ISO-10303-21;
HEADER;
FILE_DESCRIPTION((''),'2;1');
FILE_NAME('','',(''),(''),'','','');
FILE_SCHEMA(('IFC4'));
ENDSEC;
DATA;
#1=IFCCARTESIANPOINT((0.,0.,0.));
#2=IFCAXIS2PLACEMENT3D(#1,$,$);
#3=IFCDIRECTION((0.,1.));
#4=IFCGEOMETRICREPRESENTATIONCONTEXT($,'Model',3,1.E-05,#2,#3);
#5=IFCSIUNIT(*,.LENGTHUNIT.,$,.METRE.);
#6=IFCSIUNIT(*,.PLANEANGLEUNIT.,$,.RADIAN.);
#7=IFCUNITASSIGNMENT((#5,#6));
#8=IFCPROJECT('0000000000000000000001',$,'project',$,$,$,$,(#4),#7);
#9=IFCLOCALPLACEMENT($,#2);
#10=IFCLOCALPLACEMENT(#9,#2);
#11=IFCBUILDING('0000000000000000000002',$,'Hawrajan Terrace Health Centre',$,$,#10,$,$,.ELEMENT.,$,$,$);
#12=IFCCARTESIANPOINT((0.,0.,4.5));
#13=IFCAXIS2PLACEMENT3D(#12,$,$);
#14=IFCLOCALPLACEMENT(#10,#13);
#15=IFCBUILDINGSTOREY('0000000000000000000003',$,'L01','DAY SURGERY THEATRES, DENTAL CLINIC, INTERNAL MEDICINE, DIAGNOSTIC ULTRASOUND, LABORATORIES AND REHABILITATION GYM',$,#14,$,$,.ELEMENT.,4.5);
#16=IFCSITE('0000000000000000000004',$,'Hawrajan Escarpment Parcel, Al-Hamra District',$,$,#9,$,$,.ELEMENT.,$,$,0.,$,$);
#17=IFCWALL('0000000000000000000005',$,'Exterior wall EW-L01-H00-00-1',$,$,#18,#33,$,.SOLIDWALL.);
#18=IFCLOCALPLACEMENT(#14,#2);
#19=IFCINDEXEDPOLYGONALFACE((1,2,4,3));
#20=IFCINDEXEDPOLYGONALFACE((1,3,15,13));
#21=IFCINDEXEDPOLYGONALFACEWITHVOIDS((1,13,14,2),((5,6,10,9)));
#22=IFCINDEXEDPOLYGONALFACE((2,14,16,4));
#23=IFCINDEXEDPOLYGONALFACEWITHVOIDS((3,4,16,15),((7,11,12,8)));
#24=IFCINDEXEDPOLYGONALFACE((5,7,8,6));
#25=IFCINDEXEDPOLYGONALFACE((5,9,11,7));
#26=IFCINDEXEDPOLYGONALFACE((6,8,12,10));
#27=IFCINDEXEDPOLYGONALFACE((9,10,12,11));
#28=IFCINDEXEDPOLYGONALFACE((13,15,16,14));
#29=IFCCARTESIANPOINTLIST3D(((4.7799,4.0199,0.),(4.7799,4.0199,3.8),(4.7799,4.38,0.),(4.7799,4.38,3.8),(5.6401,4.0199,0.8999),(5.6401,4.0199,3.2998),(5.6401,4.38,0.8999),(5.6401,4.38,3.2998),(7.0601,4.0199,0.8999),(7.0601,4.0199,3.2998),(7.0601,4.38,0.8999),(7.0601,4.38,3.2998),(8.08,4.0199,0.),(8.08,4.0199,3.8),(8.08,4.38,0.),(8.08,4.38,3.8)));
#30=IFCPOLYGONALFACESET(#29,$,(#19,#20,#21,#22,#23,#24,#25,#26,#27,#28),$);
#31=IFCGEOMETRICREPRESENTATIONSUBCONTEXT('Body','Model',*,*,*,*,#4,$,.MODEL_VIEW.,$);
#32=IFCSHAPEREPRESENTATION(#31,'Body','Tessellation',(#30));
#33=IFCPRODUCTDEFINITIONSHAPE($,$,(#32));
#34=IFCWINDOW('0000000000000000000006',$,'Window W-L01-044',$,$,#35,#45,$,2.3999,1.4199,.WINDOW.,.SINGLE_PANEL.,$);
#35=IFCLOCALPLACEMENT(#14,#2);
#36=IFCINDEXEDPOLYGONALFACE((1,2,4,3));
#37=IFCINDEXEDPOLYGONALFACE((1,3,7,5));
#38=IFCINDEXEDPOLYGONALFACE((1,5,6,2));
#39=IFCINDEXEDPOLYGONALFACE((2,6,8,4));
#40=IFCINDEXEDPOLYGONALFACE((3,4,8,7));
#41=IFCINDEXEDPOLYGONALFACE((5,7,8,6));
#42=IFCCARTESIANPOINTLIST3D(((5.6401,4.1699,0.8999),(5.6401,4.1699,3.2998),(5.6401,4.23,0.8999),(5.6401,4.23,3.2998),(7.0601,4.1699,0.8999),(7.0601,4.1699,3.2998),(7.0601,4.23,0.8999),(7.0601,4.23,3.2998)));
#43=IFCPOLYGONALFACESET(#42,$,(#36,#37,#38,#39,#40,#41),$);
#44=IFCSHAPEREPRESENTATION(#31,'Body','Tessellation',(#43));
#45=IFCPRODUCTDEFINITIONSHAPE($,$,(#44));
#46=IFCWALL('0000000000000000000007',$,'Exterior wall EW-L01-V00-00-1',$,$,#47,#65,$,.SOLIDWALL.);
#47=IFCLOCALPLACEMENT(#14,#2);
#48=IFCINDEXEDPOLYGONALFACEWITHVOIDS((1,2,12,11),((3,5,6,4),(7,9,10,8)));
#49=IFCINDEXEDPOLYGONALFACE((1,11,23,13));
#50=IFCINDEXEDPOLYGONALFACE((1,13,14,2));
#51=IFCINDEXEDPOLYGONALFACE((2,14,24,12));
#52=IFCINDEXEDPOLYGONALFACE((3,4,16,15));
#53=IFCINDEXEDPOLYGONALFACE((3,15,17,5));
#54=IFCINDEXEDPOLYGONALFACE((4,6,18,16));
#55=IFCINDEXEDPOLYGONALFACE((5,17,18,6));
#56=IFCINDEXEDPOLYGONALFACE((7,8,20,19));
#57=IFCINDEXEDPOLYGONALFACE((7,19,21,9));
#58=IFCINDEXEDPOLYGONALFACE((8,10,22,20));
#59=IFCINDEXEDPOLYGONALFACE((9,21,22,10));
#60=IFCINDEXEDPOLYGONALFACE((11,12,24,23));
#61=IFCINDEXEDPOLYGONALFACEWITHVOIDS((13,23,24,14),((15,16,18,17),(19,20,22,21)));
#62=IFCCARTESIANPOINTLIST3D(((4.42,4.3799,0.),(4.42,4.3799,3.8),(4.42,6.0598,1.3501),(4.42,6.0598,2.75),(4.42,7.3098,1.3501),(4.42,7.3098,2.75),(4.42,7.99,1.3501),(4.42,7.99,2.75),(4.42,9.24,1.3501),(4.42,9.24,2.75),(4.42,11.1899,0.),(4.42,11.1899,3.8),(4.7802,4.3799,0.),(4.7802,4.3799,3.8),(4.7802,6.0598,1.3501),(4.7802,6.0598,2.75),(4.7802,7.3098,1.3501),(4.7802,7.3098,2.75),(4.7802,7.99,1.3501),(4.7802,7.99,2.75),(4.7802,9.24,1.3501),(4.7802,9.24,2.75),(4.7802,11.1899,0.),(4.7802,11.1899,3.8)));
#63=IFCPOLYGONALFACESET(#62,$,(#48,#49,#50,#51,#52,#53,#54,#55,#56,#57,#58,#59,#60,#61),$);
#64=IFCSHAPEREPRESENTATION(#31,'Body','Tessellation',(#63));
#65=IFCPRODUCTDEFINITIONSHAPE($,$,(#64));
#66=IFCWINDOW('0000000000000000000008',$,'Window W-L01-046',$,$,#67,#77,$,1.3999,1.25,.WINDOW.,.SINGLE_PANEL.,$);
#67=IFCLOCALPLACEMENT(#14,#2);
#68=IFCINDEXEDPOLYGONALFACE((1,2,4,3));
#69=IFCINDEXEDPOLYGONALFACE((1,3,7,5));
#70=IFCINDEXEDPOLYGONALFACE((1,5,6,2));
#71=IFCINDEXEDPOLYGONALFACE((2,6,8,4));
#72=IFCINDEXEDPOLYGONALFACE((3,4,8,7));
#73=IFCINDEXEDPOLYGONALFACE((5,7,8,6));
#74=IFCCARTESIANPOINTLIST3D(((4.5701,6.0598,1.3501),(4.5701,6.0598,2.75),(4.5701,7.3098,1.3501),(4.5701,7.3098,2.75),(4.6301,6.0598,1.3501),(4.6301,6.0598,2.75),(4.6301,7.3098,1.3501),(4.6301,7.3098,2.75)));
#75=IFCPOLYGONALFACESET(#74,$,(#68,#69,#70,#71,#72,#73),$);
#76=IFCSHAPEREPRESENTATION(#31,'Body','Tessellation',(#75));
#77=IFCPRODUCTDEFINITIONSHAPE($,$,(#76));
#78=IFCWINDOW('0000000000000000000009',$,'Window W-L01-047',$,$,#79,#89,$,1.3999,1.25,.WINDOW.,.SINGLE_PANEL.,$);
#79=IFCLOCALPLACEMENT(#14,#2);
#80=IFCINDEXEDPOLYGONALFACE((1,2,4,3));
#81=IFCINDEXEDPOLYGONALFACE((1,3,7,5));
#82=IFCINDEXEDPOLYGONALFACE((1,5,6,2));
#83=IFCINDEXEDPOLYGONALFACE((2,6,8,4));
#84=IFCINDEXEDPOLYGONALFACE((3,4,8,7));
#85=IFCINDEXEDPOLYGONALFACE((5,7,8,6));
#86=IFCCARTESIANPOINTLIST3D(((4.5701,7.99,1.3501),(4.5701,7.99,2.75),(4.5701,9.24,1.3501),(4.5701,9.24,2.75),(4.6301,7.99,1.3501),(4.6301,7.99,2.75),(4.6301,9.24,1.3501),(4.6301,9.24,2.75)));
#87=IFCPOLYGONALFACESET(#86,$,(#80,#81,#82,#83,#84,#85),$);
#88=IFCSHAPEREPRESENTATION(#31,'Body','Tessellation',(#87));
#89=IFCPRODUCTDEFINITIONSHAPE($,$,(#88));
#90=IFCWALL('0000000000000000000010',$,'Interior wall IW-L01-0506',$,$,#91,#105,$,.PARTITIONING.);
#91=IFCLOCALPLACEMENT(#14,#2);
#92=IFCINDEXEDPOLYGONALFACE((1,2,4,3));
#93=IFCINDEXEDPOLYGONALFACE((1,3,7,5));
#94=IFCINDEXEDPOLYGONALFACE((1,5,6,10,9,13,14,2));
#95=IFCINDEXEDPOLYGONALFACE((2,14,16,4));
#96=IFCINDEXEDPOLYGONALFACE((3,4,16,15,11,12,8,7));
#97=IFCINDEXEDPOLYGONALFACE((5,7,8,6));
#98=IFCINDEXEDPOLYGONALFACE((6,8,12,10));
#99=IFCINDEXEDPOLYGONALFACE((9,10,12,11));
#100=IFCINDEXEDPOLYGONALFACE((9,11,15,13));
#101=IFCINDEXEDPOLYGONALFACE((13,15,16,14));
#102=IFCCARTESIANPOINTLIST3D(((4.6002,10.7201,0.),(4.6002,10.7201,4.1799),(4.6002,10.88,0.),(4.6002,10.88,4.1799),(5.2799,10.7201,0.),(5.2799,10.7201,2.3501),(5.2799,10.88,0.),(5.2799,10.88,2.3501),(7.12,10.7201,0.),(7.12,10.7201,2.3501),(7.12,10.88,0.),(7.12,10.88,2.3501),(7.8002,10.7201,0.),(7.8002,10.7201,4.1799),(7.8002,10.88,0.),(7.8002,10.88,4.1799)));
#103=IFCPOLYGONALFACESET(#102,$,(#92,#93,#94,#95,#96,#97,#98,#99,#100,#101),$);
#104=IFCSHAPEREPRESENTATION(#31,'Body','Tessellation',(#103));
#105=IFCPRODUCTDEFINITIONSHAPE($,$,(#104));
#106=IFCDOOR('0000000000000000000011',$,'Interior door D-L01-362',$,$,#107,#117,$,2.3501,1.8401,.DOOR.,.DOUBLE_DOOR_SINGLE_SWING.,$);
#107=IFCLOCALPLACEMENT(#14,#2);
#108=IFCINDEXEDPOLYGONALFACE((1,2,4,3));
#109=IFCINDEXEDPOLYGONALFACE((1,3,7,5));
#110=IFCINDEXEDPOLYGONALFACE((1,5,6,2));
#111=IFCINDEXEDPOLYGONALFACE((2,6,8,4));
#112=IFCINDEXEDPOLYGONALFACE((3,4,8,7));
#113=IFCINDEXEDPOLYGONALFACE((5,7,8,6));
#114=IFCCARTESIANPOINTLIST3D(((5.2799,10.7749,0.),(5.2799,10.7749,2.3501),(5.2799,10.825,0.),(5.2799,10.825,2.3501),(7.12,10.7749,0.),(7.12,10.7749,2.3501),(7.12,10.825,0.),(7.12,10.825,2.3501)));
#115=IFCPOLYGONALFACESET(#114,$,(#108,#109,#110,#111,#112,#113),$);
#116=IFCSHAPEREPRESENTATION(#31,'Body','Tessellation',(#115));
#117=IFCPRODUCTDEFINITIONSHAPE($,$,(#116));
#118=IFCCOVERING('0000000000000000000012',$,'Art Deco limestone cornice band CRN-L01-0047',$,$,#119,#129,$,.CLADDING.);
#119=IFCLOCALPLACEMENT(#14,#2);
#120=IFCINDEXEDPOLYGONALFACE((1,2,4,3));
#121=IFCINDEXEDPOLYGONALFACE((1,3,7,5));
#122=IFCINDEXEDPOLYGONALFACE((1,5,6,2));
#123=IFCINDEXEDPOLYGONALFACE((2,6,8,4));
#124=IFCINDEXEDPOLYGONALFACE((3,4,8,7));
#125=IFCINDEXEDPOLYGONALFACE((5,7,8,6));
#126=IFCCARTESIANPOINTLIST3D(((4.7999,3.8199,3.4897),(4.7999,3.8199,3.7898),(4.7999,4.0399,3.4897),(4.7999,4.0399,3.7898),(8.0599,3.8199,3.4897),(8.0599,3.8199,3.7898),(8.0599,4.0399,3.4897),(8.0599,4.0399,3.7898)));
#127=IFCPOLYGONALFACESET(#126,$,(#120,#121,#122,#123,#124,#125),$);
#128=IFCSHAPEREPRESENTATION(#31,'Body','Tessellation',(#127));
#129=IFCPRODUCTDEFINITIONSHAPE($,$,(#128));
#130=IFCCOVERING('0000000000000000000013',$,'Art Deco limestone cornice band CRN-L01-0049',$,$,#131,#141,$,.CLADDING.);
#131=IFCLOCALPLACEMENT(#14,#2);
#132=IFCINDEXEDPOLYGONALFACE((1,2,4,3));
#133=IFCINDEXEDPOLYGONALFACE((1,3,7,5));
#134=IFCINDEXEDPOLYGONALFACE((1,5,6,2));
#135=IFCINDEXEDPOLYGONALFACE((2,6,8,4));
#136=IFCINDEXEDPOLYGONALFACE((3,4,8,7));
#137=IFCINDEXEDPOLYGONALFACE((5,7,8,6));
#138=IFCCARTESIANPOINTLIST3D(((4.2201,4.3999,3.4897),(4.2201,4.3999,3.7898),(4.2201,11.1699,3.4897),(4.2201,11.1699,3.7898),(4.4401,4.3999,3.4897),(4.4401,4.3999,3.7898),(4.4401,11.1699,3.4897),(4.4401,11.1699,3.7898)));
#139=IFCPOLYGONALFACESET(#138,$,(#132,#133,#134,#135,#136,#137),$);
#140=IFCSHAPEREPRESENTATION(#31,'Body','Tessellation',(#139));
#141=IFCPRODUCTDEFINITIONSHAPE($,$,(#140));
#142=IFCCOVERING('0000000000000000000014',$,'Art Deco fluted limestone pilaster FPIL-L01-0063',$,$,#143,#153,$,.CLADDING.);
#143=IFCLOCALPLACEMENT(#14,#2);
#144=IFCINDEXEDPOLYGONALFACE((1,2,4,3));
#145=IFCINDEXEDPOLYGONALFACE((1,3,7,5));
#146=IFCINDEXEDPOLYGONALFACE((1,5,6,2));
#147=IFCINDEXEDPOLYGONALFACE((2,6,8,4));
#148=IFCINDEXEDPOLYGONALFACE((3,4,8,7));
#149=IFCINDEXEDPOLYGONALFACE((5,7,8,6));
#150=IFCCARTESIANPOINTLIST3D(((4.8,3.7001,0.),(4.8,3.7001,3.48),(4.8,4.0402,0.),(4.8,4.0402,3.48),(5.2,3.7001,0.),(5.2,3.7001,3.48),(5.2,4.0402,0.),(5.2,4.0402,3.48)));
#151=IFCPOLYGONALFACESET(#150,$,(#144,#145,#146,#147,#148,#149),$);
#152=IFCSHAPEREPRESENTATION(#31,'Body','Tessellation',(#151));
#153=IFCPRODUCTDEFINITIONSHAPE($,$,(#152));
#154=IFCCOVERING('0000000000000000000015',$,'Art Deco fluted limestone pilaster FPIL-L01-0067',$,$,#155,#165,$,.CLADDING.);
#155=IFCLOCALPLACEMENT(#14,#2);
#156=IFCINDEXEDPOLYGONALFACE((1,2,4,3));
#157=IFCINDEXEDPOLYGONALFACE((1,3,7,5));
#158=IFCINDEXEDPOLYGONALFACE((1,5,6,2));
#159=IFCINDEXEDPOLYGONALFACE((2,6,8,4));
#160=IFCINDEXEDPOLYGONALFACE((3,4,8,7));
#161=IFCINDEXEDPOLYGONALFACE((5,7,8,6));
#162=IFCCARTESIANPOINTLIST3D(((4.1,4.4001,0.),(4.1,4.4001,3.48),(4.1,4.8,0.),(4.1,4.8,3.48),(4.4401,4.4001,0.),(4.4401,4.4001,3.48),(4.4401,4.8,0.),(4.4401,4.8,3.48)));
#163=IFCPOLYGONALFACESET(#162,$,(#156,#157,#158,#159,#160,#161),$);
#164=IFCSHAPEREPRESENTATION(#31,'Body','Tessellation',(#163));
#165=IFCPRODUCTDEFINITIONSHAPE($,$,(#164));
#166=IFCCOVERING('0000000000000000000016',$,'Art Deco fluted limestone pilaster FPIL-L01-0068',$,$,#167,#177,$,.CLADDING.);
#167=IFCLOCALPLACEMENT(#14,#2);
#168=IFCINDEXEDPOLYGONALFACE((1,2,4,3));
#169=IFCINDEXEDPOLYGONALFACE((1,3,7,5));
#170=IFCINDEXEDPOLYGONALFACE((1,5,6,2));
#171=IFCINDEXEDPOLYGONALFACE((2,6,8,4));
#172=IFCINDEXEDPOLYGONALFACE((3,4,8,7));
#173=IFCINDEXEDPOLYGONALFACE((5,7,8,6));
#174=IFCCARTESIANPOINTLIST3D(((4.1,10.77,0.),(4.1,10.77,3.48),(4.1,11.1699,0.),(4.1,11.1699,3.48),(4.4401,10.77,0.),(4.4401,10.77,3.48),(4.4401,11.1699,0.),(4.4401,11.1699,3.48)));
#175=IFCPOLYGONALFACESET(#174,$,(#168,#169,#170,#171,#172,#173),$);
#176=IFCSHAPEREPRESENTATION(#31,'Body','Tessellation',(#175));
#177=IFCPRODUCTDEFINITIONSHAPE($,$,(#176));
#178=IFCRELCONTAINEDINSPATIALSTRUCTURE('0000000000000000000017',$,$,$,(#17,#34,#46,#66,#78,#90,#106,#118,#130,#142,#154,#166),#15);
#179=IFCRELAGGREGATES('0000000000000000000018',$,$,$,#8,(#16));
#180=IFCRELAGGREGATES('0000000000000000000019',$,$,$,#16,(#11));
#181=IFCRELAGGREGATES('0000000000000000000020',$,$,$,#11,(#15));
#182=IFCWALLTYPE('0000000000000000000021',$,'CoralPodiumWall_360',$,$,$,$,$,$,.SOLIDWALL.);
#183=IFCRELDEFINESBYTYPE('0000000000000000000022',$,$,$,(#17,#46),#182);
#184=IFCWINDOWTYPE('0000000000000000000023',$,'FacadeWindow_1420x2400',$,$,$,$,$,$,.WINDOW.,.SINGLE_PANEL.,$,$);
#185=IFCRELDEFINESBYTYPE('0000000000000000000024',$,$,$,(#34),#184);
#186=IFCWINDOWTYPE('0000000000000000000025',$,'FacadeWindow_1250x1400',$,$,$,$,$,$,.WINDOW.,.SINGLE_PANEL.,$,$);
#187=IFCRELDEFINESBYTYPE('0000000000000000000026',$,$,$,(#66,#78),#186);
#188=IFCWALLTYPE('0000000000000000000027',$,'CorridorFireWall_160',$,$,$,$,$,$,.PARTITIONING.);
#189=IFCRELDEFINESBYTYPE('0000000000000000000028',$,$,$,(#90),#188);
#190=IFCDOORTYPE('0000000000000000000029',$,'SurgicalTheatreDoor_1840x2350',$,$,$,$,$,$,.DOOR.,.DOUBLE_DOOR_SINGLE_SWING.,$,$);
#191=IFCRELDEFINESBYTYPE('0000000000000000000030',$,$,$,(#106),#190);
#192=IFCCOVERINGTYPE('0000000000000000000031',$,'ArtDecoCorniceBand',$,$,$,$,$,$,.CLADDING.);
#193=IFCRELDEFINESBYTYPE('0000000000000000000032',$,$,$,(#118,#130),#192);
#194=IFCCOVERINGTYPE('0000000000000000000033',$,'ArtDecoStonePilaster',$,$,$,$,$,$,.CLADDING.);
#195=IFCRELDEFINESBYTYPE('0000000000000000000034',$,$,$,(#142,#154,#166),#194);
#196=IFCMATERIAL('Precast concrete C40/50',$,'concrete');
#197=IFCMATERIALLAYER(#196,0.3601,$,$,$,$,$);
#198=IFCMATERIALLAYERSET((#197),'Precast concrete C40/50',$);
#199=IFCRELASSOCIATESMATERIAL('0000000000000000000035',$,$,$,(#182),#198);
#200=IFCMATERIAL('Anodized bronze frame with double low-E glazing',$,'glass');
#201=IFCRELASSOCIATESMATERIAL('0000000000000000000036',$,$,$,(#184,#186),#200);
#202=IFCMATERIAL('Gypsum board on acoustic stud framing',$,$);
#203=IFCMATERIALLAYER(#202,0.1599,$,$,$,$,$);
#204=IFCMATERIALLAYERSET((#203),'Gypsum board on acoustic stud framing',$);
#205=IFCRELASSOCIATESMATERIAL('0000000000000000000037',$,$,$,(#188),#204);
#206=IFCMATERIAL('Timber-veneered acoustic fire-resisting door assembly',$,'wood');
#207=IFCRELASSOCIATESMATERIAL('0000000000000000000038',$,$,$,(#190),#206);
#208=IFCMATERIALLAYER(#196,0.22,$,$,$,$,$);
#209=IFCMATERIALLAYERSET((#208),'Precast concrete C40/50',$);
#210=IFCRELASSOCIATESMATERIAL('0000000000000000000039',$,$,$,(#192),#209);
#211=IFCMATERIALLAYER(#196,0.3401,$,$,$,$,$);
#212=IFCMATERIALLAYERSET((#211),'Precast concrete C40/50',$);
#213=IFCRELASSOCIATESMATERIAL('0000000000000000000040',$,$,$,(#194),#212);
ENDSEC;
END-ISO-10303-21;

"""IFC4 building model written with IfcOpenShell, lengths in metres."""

from ifc_helpers import new_model, si_unit, direction, frame, frame_2d, origin, origin_2d, place, context, subcontext, project, spatial, rectangle, extrude, material, layer, layer_set, type_object, element, fill, save


model = new_model("IFC4")

# Units and contexts
model_context = context("Model", 3, precision=1e-05, world=origin(), true_north=direction((0.0, 1.0)))
body_context = subcontext(model_context, "Body", "Model", "MODEL_VIEW")
ifc_project = project(units=[si_unit("LENGTHUNIT", "METRE"), si_unit("PLANEANGLEUNIT", "RADIAN")], contexts=[model_context])

# Site, building, storey
site_placement = place(None, origin())
site = spatial("IfcSite", under=ifc_project, at=site_placement, Name="Hawrajan Escarpment Parcel, Al-Hamra District", CompositionType="ELEMENT", RefElevation=0.0)
building_placement = place(site_placement, origin())
building = spatial("IfcBuilding", under=site, at=building_placement, Name="Hawrajan Terrace Health Centre", CompositionType="ELEMENT")
storey_placement = place(building_placement, frame((0.0, 0.0, 4.5)))
storey = spatial("IfcBuildingStorey", under=building, at=storey_placement, Name="L01", Description="DAY SURGERY THEATRES, DENTAL CLINIC, INTERNAL MEDICINE, DIAGNOSTIC ULTRASOUND, LABORATORIES AND REHABILITATION GYM", CompositionType="ELEMENT", Elevation=4.5)

# Wall, opening, window
ifc_material_1 = material(Name="Precast concrete C40/50", Category="concrete")
ifc_layer_1 = layer(ifc_material_1, 0.3601)
ifc_layer_set_1 = layer_set([ifc_layer_1], Name="Precast concrete C40/50")
wall_type_1 = type_object("IfcWallType", Name="CoralPodiumWall_360", PredefinedType="SOLIDWALL", material=ifc_layer_set_1)
wall_1_placement = place(storey_placement, frame((4.78, 4.2, 0.0), z_axis=(0.0, 0.0, 1.0), x_axis=(1.0, 0.0, 0.0)))
wall_1 = element("IfcWall", 1, at=wall_1_placement, inside=storey, type_object=wall_type_1, Name="Exterior wall EW-L01-H00-00-1", PredefinedType="SOLIDWALL", context=body_context, shape_type="SweptSolid", body=[
    extrude(rectangle(XDim=3.3, YDim=0.3601, at=frame_2d((1.6499, 0.0))), origin(), (0.0, 0.0, 1.0), 3.8),
])
opening_1_placement = place(wall_1_placement, frame((0.8601, 0.0, 0.8999)))
opening_1 = element("IfcOpeningElement", 2, at=opening_1_placement, cuts=wall_1, PredefinedType="OPENING", context=body_context, shape_type="SweptSolid", body=[
    extrude(rectangle(XDim=1.4199, YDim=2.3999, at=frame_2d((0.71, 1.2))), frame((0.0, 0.1899, 0.0), z_axis=(0.0, -1.0, 0.0), x_axis=(1.0, 0.0, 0.0)), (0.0, 0.0, 1.0), 0.3801),
])
ifc_material_2 = material(Name="Anodized bronze frame with double low-E glazing", Category="glass")
window_type_1 = type_object("IfcWindowType", Name="FacadeWindow_1420x2400", PartitioningType="SINGLE_PANEL", PredefinedType="WINDOW", material=ifc_material_2)
window_1_placement = place(opening_1_placement, origin())
window_1 = element("IfcWindow", 3, at=window_1_placement, inside=storey, type_object=window_type_1, Name="Window W-L01-044", OverallHeight=2.3999, OverallWidth=1.4199, PartitioningType="SINGLE_PANEL", PredefinedType="WINDOW", context=body_context, shape_type="SweptSolid", body=[
    extrude(rectangle(XDim=1.4199, YDim=2.3999, at=frame_2d((0.71, 1.2))), frame((0.0, 0.03, 0.0), z_axis=(0.0, -1.0, 0.0), x_axis=(1.0, 0.0, 0.0)), (0.0, 0.0, 1.0), 0.0601),
])
fill(opening_1, window_1)

# Wall, openings, windows
wall_2_placement = place(storey_placement, frame((4.6001, 4.3799, 0.0), z_axis=(0.0, 0.0, 1.0), x_axis=(0.0, 1.0, 0.0)))
wall_2 = element("IfcWall", 4, at=wall_2_placement, inside=storey, type_object=wall_type_1, Name="Exterior wall EW-L01-V00-00-1", PredefinedType="SOLIDWALL", context=body_context, shape_type="SweptSolid", body=[
    extrude(rectangle(XDim=6.8101, YDim=0.3601, at=frame_2d((3.405, 0.0))), origin(), (0.0, 0.0, 1.0), 3.8),
])
opening_2_placement = place(wall_2_placement, frame((1.6799, 0.0, 1.3501)))
opening_2 = element("IfcOpeningElement", 5, at=opening_2_placement, cuts=wall_2, PredefinedType="OPENING", context=body_context, shape_type="SweptSolid", body=[
    extrude(rectangle(XDim=1.25, YDim=1.3999, at=frame_2d((0.625, 0.7))), frame((0.0, 0.1899, 0.0), z_axis=(0.0, -1.0, 0.0), x_axis=(1.0, 0.0, 0.0)), (0.0, 0.0, 1.0), 0.3801),
])
opening_3_placement = place(wall_2_placement, frame((3.6101, 0.0, 1.3501)))
opening_3 = element("IfcOpeningElement", 6, at=opening_3_placement, cuts=wall_2, PredefinedType="OPENING", context=body_context, shape_type="SweptSolid", body=[
    extrude(rectangle(XDim=1.25, YDim=1.3999, at=frame_2d((0.625, 0.7))), frame((0.0, 0.1899, 0.0), z_axis=(0.0, -1.0, 0.0), x_axis=(1.0, 0.0, 0.0)), (0.0, 0.0, 1.0), 0.3801),
])
window_type_2 = type_object("IfcWindowType", Name="FacadeWindow_1250x1400", PartitioningType="SINGLE_PANEL", PredefinedType="WINDOW", material=ifc_material_2)
window_2_placement = place(opening_2_placement, origin())
window_2 = element("IfcWindow", 7, at=window_2_placement, inside=storey, type_object=window_type_2, Name="Window W-L01-046", OverallHeight=1.3999, OverallWidth=1.25, PartitioningType="SINGLE_PANEL", PredefinedType="WINDOW", context=body_context, shape_type="SweptSolid", body=[
    extrude(rectangle(XDim=1.25, YDim=1.3999, at=frame_2d((0.625, 0.7))), frame((0.0, 0.03, 0.0), z_axis=(0.0, -1.0, 0.0), x_axis=(1.0, 0.0, 0.0)), (0.0, 0.0, 1.0), 0.0601),
])
fill(opening_2, window_2)
window_3_placement = place(opening_3_placement, origin())
window_3 = element("IfcWindow", 8, at=window_3_placement, inside=storey, type_object=window_type_2, Name="Window W-L01-047", OverallHeight=1.3999, OverallWidth=1.25, PartitioningType="SINGLE_PANEL", PredefinedType="WINDOW", context=body_context, shape_type="SweptSolid", body=[
    extrude(rectangle(XDim=1.25, YDim=1.3999, at=frame_2d((0.625, 0.7))), frame((0.0, 0.03, 0.0), z_axis=(0.0, -1.0, 0.0), x_axis=(1.0, 0.0, 0.0)), (0.0, 0.0, 1.0), 0.0601),
])
fill(opening_3, window_3)

# Wall, opening, door
ifc_material_3 = material(Name="Gypsum board on acoustic stud framing")
ifc_layer_2 = layer(ifc_material_3, 0.1599)
ifc_layer_set_2 = layer_set([ifc_layer_2], Name="Gypsum board on acoustic stud framing")
wall_type_2 = type_object("IfcWallType", Name="CorridorFireWall_160", PredefinedType="PARTITIONING", material=ifc_layer_set_2)
wall_3_placement = place(storey_placement, frame((4.6001, 10.8, 0.0), z_axis=(0.0, 0.0, 1.0), x_axis=(1.0, 0.0, 0.0)))
wall_3 = element("IfcWall", 9, at=wall_3_placement, inside=storey, type_object=wall_type_2, Name="Interior wall IW-L01-0506", PredefinedType="PARTITIONING", context=body_context, shape_type="SweptSolid", body=[
    extrude(rectangle(XDim=3.2, YDim=0.1599, at=frame_2d((1.6001, 0.0))), origin(), (0.0, 0.0, 1.0), 4.1799),
])
opening_4_placement = place(wall_3_placement, frame((0.6799, 0.0, 0.0)))
opening_4 = element("IfcOpeningElement", 10, at=opening_4_placement, cuts=wall_3, PredefinedType="OPENING", context=body_context, shape_type="SweptSolid", body=[
    extrude(rectangle(XDim=1.8401, YDim=2.3501, at=frame_2d((0.9199, 1.175))), frame((0.0, 0.0898, 0.0), z_axis=(0.0, -1.0, 0.0), x_axis=(1.0, 0.0, 0.0)), (0.0, 0.0, 1.0), 0.1799),
])
ifc_material_4 = material(Name="Timber-veneered acoustic fire-resisting door assembly", Category="wood")
door_type = type_object("IfcDoorType", Name="SurgicalTheatreDoor_1840x2350", OperationType="DOUBLE_DOOR_SINGLE_SWING", PredefinedType="DOOR", material=ifc_material_4)
door_placement = place(opening_4_placement, origin())
door = element("IfcDoor", 11, at=door_placement, inside=storey, type_object=door_type, Name="Interior door D-L01-362", OperationType="DOUBLE_DOOR_SINGLE_SWING", OverallHeight=2.3501, OverallWidth=1.8401, PredefinedType="DOOR", context=body_context, shape_type="SweptSolid", body=[
    extrude(rectangle(XDim=1.8401, YDim=2.3501, at=frame_2d((0.9199, 1.175))), frame((0.0, 0.0249, 0.0), z_axis=(0.0, -1.0, 0.0), x_axis=(1.0, 0.0, 0.0)), (0.0, 0.0, 1.0), 0.05),
])
fill(opening_4, door)

# Coverings
ifc_layer_3 = layer(ifc_material_1, 0.22)
ifc_layer_set_3 = layer_set([ifc_layer_3], Name="Precast concrete C40/50")
covering_type_1 = type_object("IfcCoveringType", Name="ArtDecoCorniceBand", PredefinedType="CLADDING", material=ifc_layer_set_3)
covering_1_placement = place(storey_placement, frame((6.4299, 3.9299, 3.4897), z_axis=(0.0, 0.0, 1.0), x_axis=(1.0, 0.0, 0.0)))
element("IfcCovering", 12, at=covering_1_placement, inside=storey, type_object=covering_type_1, Name="Art Deco limestone cornice band CRN-L01-0047", PredefinedType="CLADDING", context=body_context, shape_type="SweptSolid", body=[
    extrude(rectangle(XDim=3.26, YDim=0.22, at=origin_2d()), origin(), (0.0, 0.0, 1.0), 0.3),
])
covering_2_placement = place(storey_placement, frame((4.3301, 7.7849, 3.4897), z_axis=(0.0, 0.0, 1.0), x_axis=(0.0, 1.0, 0.0)))
element("IfcCovering", 13, at=covering_2_placement, inside=storey, type_object=covering_type_1, Name="Art Deco limestone cornice band CRN-L01-0049", PredefinedType="CLADDING", context=body_context, shape_type="SweptSolid", body=[
    extrude(rectangle(XDim=6.77, YDim=0.22, at=origin_2d()), origin(), (0.0, 0.0, 1.0), 0.3),
])
ifc_layer_4 = layer(ifc_material_1, 0.3401)
ifc_layer_set_4 = layer_set([ifc_layer_4], Name="Precast concrete C40/50")
covering_type_2 = type_object("IfcCoveringType", Name="ArtDecoStonePilaster", PredefinedType="CLADDING", material=ifc_layer_set_4)
for number, where, z_axis, x_axis, name in (
    (14, (5.0, 3.8701, 0.0), (0.0, 0.0, 1.0), (1.0, 0.0, 0.0), "Art Deco fluted limestone pilaster FPIL-L01-0063"),
    (15, (4.27, 4.6001, 0.0), (0.0, 0.0, 1.0), (0.0, 1.0, 0.0), "Art Deco fluted limestone pilaster FPIL-L01-0067"),
    (16, (4.27, 10.97, 0.0), (0.0, 0.0, 1.0), (0.0, 1.0, 0.0), "Art Deco fluted limestone pilaster FPIL-L01-0068"),
):
    element("IfcCovering", number, at=place(storey_placement, frame(where, z_axis=z_axis, x_axis=x_axis)), inside=storey, type_object=covering_type_2, Name=name, PredefinedType="CLADDING", context=body_context, shape_type="SweptSolid", body=[
        extrude(rectangle(XDim=0.3999, YDim=0.3401, at=origin_2d()), origin(), (0.0, 0.0, 1.0), 3.48),
    ])

save(model, "model.ifc")
